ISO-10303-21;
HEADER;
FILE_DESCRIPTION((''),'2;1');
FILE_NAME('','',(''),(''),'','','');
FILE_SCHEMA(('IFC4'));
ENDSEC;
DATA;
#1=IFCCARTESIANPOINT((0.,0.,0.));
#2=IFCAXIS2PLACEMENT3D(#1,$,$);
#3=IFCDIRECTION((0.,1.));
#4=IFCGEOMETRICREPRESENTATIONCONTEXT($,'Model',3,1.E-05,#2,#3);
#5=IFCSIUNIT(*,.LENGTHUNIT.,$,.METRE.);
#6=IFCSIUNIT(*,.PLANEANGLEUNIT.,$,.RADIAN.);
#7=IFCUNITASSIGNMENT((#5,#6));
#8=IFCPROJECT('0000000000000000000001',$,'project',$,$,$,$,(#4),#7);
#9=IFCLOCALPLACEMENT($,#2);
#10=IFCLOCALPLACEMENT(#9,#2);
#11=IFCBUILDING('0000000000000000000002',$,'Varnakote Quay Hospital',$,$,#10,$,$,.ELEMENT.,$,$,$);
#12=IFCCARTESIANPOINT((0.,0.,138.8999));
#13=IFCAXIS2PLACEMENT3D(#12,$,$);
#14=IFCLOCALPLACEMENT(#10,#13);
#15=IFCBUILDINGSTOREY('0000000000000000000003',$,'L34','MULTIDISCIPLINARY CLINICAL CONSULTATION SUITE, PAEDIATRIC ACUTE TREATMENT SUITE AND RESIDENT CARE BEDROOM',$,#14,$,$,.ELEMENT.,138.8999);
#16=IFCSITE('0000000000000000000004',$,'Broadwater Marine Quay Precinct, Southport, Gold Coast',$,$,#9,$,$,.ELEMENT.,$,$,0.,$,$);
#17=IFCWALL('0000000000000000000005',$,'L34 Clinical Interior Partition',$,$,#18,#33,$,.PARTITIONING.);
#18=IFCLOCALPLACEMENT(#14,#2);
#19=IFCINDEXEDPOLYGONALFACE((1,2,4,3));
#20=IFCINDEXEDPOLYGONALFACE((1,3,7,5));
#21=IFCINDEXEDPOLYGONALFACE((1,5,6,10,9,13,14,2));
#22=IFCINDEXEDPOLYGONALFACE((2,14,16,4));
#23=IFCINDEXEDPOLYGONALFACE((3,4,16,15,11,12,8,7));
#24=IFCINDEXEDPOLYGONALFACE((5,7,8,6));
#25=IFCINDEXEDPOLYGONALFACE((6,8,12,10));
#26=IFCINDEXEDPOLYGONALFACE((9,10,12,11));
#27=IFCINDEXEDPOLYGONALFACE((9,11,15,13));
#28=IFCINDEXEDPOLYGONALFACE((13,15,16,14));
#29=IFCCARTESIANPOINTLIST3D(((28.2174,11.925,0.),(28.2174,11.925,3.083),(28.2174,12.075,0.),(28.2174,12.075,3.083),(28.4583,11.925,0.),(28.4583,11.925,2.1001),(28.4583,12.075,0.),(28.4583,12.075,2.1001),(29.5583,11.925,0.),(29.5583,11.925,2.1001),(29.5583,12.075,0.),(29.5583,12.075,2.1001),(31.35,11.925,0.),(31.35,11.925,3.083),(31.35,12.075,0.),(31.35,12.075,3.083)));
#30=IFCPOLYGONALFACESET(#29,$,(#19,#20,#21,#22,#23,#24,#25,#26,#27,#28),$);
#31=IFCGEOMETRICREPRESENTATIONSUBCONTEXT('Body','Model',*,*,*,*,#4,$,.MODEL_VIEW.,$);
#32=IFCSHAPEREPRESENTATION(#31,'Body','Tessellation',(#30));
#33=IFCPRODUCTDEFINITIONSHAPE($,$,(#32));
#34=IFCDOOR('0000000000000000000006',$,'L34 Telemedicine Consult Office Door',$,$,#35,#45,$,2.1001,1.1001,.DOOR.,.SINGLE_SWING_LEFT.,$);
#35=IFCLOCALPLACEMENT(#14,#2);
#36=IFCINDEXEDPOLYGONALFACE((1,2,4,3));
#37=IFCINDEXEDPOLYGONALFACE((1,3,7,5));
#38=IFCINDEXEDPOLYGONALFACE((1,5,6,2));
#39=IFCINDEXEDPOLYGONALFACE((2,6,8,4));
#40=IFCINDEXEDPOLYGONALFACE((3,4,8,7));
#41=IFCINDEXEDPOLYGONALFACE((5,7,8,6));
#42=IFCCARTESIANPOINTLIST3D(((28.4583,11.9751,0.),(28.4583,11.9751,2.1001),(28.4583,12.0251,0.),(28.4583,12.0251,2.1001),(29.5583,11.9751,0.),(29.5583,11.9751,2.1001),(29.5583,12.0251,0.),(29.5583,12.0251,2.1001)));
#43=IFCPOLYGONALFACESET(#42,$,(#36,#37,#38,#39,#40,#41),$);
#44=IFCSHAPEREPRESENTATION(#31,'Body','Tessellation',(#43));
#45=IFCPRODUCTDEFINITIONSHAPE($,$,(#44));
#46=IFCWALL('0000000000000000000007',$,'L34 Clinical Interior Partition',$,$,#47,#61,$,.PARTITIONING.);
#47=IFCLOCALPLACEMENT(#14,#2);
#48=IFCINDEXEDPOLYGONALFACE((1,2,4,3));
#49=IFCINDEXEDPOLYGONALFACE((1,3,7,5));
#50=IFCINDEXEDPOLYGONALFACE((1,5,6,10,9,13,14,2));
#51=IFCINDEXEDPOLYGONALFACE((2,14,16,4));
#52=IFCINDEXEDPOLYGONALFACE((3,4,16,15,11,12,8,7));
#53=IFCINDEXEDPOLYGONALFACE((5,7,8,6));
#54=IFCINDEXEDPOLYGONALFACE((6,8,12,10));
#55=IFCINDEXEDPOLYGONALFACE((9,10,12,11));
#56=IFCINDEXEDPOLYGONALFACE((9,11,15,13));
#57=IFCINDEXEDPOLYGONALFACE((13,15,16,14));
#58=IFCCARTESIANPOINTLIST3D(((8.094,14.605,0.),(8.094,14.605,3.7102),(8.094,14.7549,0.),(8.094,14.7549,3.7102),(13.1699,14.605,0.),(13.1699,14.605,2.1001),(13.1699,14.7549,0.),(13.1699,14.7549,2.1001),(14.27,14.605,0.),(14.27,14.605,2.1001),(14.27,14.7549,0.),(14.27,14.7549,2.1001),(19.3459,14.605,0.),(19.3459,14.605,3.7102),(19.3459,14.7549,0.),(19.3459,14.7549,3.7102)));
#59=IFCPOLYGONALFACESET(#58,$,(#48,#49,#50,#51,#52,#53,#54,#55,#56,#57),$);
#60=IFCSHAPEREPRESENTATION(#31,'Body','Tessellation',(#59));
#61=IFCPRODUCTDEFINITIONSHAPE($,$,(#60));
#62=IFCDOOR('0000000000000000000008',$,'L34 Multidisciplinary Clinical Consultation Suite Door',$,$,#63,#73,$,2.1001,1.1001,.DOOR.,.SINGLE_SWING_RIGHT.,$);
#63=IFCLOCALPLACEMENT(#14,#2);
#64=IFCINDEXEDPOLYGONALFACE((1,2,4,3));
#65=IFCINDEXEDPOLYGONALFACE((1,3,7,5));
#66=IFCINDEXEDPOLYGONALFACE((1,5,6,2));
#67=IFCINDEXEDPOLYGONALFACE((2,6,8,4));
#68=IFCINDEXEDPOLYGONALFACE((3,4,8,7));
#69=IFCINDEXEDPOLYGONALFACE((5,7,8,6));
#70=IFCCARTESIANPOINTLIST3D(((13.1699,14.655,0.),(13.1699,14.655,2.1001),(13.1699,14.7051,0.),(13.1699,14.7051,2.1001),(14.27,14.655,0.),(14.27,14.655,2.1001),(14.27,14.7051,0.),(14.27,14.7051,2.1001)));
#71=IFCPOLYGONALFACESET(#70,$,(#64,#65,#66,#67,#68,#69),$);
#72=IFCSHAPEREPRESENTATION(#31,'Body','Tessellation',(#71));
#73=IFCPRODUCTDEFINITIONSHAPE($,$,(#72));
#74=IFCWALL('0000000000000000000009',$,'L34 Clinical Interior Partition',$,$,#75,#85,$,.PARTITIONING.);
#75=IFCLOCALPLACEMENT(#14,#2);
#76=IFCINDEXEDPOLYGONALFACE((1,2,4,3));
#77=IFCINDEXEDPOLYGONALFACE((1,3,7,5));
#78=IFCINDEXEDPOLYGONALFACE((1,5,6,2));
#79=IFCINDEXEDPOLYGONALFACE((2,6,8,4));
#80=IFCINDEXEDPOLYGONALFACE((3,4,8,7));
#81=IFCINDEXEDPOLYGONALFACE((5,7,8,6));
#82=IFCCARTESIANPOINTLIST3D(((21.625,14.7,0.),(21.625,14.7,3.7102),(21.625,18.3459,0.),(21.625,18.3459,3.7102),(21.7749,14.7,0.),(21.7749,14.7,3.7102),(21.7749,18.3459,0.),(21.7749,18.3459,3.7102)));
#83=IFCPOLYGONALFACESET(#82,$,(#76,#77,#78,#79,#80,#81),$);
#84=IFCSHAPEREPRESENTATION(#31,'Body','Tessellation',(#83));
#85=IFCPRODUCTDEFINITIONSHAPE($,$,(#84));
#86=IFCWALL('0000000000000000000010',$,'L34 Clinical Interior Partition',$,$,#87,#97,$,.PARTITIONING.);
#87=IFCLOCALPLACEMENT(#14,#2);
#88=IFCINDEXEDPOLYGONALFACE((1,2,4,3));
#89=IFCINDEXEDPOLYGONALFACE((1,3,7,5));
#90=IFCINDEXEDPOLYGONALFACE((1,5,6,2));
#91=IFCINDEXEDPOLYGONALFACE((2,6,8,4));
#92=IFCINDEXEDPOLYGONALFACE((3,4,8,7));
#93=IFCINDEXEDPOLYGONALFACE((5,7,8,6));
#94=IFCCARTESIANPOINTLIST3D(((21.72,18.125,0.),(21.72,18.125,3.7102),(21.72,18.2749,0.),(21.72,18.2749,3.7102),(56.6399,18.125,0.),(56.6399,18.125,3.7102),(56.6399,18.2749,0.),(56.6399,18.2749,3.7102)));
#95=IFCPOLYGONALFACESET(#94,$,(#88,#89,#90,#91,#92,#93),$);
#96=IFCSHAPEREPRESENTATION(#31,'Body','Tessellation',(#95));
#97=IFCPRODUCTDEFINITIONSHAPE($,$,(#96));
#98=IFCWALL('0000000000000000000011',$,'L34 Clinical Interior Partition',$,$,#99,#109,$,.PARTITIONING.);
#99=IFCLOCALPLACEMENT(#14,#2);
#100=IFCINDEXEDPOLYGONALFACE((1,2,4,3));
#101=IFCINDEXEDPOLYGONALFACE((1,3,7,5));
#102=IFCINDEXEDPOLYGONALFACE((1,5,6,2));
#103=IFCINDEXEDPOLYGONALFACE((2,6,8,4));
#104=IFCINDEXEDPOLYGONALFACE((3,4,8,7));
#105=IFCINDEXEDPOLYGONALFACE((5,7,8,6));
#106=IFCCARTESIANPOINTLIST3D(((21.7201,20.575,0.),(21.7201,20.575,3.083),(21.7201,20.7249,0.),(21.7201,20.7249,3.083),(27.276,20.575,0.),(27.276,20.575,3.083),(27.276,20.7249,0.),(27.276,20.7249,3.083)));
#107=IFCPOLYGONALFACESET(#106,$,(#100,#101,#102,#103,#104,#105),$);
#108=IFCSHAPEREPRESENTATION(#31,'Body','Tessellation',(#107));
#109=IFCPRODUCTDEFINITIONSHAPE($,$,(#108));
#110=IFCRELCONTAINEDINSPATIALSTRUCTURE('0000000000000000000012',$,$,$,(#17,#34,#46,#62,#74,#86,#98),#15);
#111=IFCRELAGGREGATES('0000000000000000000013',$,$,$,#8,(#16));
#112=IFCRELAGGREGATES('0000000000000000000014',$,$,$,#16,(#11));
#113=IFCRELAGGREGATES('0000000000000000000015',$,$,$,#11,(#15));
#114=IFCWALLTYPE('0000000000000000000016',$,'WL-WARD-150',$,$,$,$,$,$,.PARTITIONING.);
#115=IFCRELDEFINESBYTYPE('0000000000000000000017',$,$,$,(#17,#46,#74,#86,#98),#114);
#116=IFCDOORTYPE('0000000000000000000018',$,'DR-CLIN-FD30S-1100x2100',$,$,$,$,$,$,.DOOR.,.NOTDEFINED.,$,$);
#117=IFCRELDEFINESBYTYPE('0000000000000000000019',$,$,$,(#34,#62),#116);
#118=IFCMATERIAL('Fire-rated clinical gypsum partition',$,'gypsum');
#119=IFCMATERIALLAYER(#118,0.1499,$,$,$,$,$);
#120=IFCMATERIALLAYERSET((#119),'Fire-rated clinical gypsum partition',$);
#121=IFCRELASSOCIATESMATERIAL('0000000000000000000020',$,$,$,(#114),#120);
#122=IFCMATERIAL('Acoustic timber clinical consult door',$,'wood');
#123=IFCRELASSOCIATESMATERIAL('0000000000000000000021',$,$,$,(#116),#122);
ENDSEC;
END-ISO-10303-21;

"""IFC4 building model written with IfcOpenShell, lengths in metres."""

from ifc_helpers import new_model, si_unit, direction, frame, frame_2d, origin, place, context, subcontext, project, spatial, rectangle, extrude, material, layer, layer_set, type_object, element, fill, save


model = new_model("IFC4")

# Units and contexts
model_context = context("Model", 3, precision=1e-05, world=origin(), true_north=direction((0.0, 1.0)))
body_context = subcontext(model_context, "Body", "Model", "MODEL_VIEW")
ifc_project = project(units=[si_unit("LENGTHUNIT", "METRE"), si_unit("PLANEANGLEUNIT", "RADIAN")], contexts=[model_context])

# Site, building, storey
site_placement = place(None, origin())
site = spatial("IfcSite", under=ifc_project, at=site_placement, Name="Broadwater Marine Quay Precinct, Southport, Gold Coast", CompositionType="ELEMENT", RefElevation=0.0)
building_placement = place(site_placement, origin())
building = spatial("IfcBuilding", under=site, at=building_placement, Name="Varnakote Quay Hospital", CompositionType="ELEMENT")
storey_placement = place(building_placement, frame((0.0, 0.0, 138.8999)))
storey = spatial("IfcBuildingStorey", under=building, at=storey_placement, Name="L34", Description="MULTIDISCIPLINARY CLINICAL CONSULTATION SUITE, PAEDIATRIC ACUTE TREATMENT SUITE AND RESIDENT CARE BEDROOM", CompositionType="ELEMENT", Elevation=138.8999)

# Walls, openings, doors
ifc_material_1 = material(Name="Fire-rated clinical gypsum partition", Category="gypsum")
ifc_layer_1 = layer(ifc_material_1, 0.1499)
ifc_layer_set_1 = layer_set([ifc_layer_1], Name="Fire-rated clinical gypsum partition")
wall_type_1 = type_object("IfcWallType", Name="WL-WARD-150", PredefinedType="PARTITIONING", material=ifc_layer_set_1)
ifc_material_2 = material(Name="Acoustic timber clinical consult door", Category="wood")
door_type_1 = type_object("IfcDoorType", Name="DR-CLIN-FD30S-1100x2100", OperationType="NOTDEFINED", PredefinedType="DOOR", material=ifc_material_2)
wall_1_placement = place(storey_placement, frame((31.3501, 12.0, 0.0), z_axis=(0.0, 0.0, 1.0), x_axis=(-1.0, 0.0, 0.0)))
wall_1 = element("IfcWall", 1, at=wall_1_placement, inside=storey, type_object=wall_type_1, Name="L34 Clinical Interior Partition", PredefinedType="PARTITIONING", context=body_context, shape_type="SweptSolid", body=[
    extrude(rectangle(XDim=3.1326, YDim=0.1499, at=frame_2d((1.5664, 0.0))), origin(), (0.0, 0.0, 1.0), 3.083),
])
opening_1_placement = place(wall_1_placement, frame((1.7917, 0.0, 0.0)))
opening_1 = element("IfcOpeningElement", 2, at=opening_1_placement, cuts=wall_1, PredefinedType="OPENING", context=body_context, shape_type="SweptSolid", body=[
    extrude(rectangle(XDim=1.1001, YDim=2.1001, at=frame_2d((0.55, 1.05))), frame((0.0, 0.085, 0.0), z_axis=(0.0, -1.0, 0.0), x_axis=(1.0, 0.0, 0.0)), (0.0, 0.0, 1.0), 0.1699),
])
door_1_placement = place(opening_1_placement, origin())
door_1 = element("IfcDoor", 3, at=door_1_placement, inside=storey, type_object=door_type_1, Name="L34 Telemedicine Consult Office Door", OperationType="SINGLE_SWING_LEFT", OverallHeight=2.1001, OverallWidth=1.1001, PredefinedType="DOOR", context=body_context, shape_type="SweptSolid", body=[
    extrude(rectangle(XDim=1.1001, YDim=2.1001, at=frame_2d((0.55, 1.05))), frame((0.0, 0.0249, 0.0), z_axis=(0.0, -1.0, 0.0), x_axis=(1.0, 0.0, 0.0)), (0.0, 0.0, 1.0), 0.05),
])
fill(opening_1, door_1)
wall_2_placement = place(storey_placement, frame((19.3459, 14.6799, 0.0), z_axis=(0.0, 0.0, 1.0), x_axis=(-1.0, 0.0, 0.0)))
wall_2 = element("IfcWall", 4, at=wall_2_placement, inside=storey, type_object=wall_type_1, Name="L34 Clinical Interior Partition", PredefinedType="PARTITIONING", context=body_context, shape_type="SweptSolid", body=[
    extrude(rectangle(XDim=11.252, YDim=0.1499, at=frame_2d((5.626, 0.0))), origin(), (0.0, 0.0, 1.0), 3.7102),
])
opening_2_placement = place(wall_2_placement, frame((5.0759, 0.0, 0.0)))
opening_2 = element("IfcOpeningElement", 5, at=opening_2_placement, cuts=wall_2, PredefinedType="OPENING", context=body_context, shape_type="SweptSolid", body=[
    extrude(rectangle(XDim=1.1001, YDim=2.1001, at=frame_2d((0.55, 1.05))), frame((0.0, 0.085, 0.0), z_axis=(0.0, -1.0, 0.0), x_axis=(1.0, 0.0, 0.0)), (0.0, 0.0, 1.0), 0.1699),
])
door_2_placement = place(opening_2_placement, origin())
door_2 = element("IfcDoor", 6, at=door_2_placement, inside=storey, type_object=door_type_1, Name="L34 Multidisciplinary Clinical Consultation Suite Door", OperationType="SINGLE_SWING_RIGHT", OverallHeight=2.1001, OverallWidth=1.1001, PredefinedType="DOOR", context=body_context, shape_type="SweptSolid", body=[
    extrude(rectangle(XDim=1.1001, YDim=2.1001, at=frame_2d((0.55, 1.05))), frame((0.0, 0.0249, 0.0), z_axis=(0.0, -1.0, 0.0), x_axis=(1.0, 0.0, 0.0)), (0.0, 0.0, 1.0), 0.05),
])
fill(opening_2, door_2)

# Walls
wall_3_placement = place(storey_placement, frame((21.7, 14.7, 0.0), z_axis=(0.0, 0.0, 1.0), x_axis=(0.0, 1.0, 0.0)))
element("IfcWall", 7, at=wall_3_placement, inside=storey, type_object=wall_type_1, Name="L34 Clinical Interior Partition", PredefinedType="PARTITIONING", context=body_context, shape_type="SweptSolid", body=[
    extrude(rectangle(XDim=3.646, YDim=0.1499, at=frame_2d((1.823, 0.0))), origin(), (0.0, 0.0, 1.0), 3.7102),
])
wall_4_placement = place(storey_placement, frame((21.72, 18.2, 0.0), z_axis=(0.0, 0.0, 1.0), x_axis=(1.0, 0.0, 0.0)))
element("IfcWall", 8, at=wall_4_placement, inside=storey, type_object=wall_type_1, Name="L34 Clinical Interior Partition", PredefinedType="PARTITIONING", context=body_context, shape_type="SweptSolid", body=[
    extrude(rectangle(XDim=34.9199, YDim=0.1499, at=frame_2d((17.46, 0.0))), origin(), (0.0, 0.0, 1.0), 3.7102),
])
wall_5_placement = place(storey_placement, frame((27.2759, 20.6499, 0.0), z_axis=(0.0, 0.0, 1.0), x_axis=(-1.0, 0.0, 0.0)))
element("IfcWall", 9, at=wall_5_placement, inside=storey, type_object=wall_type_1, Name="L34 Clinical Interior Partition", PredefinedType="PARTITIONING", context=body_context, shape_type="SweptSolid", body=[
    extrude(rectangle(XDim=5.5559, YDim=0.1499, at=frame_2d((2.7778, 0.0))), origin(), (0.0, 0.0, 1.0), 3.083),
])

save(model, "model.ifc")
